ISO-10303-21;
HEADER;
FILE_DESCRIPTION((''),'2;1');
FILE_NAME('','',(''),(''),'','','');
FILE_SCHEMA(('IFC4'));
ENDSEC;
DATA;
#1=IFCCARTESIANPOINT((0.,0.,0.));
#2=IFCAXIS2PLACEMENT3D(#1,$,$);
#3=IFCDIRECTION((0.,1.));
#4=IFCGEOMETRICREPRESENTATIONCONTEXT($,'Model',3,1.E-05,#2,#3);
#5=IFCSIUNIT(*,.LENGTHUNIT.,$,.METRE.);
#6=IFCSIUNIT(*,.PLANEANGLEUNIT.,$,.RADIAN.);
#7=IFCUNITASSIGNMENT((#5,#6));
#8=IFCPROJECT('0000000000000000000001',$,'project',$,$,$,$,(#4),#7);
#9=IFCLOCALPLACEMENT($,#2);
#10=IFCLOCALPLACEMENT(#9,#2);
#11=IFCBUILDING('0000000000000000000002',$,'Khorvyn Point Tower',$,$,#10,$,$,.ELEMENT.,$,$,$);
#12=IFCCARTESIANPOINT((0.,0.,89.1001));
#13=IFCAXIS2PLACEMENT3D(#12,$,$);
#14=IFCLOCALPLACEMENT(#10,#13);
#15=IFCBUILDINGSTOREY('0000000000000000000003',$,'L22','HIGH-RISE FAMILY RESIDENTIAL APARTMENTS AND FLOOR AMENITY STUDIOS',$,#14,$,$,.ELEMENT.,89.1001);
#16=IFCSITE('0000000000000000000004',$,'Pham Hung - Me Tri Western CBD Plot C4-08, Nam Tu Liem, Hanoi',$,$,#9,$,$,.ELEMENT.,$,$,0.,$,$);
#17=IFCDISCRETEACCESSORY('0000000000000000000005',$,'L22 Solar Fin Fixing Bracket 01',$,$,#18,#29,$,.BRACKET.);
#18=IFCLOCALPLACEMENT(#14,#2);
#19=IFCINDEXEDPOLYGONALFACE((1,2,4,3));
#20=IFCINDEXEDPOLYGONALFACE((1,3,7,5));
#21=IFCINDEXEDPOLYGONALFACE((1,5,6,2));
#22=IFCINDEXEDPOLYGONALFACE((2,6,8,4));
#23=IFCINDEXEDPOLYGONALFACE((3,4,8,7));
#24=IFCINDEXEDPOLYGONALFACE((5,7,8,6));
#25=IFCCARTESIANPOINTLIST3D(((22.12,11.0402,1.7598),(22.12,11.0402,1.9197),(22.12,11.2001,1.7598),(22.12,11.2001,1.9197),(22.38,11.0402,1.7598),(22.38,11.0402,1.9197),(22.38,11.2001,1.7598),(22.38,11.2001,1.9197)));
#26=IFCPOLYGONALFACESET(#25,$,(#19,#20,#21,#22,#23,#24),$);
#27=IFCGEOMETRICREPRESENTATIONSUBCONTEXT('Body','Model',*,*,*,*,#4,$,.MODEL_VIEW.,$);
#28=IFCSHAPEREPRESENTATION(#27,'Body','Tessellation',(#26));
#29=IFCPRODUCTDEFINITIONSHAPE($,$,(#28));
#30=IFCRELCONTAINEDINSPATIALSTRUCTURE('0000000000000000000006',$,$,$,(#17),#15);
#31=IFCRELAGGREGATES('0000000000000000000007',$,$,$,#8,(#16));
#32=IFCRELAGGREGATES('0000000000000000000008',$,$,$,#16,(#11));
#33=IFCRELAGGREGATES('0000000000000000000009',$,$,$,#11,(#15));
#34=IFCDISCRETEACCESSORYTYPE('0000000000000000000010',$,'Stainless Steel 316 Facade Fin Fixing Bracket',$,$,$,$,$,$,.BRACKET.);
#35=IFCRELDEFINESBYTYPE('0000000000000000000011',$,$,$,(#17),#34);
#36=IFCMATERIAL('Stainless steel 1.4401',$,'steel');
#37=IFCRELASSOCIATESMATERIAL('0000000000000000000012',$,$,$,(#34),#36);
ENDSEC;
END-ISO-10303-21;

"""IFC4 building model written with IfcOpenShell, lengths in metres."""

from ifc_helpers import new_model, si_unit, direction, frame, origin, origin_2d, place, context, subcontext, project, spatial, rectangle, extrude, material, type_object, element, save


model = new_model("IFC4")

# Units and contexts
model_context = context("Model", 3, precision=1e-05, world=origin(), true_north=direction((0.0, 1.0)))
body_context = subcontext(model_context, "Body", "Model", "MODEL_VIEW")
ifc_project = project(units=[si_unit("LENGTHUNIT", "METRE"), si_unit("PLANEANGLEUNIT", "RADIAN")], contexts=[model_context])

# Site, building, storey
site_placement = place(None, origin())
site = spatial("IfcSite", under=ifc_project, at=site_placement, Name="Pham Hung - Me Tri Western CBD Plot C4-08, Nam Tu Liem, Hanoi", CompositionType="ELEMENT", RefElevation=0.0)
building_placement = place(site_placement, origin())
building = spatial("IfcBuilding", under=site, at=building_placement, Name="Khorvyn Point Tower", CompositionType="ELEMENT")
storey_placement = place(building_placement, frame((0.0, 0.0, 89.1001)))
storey = spatial("IfcBuildingStorey", under=building, at=storey_placement, Name="L22", Description="HIGH-RISE FAMILY RESIDENTIAL APARTMENTS AND FLOOR AMENITY STUDIOS", CompositionType="ELEMENT", Elevation=89.1001)

# Discrete accessory
ifc_material_1 = material(Name="Stainless steel 1.4401", Category="steel")
discrete_accessory_type = type_object("IfcDiscreteAccessoryType", Name="Stainless Steel 316 Facade Fin Fixing Bracket", PredefinedType="BRACKET", material=ifc_material_1)
discrete_accessory_placement = place(storey_placement, frame((22.25, 11.1201, 1.7598), z_axis=(0.0, 0.0, 1.0), x_axis=(0.0, -1.0, 0.0)))
element("IfcDiscreteAccessory", 1, at=discrete_accessory_placement, inside=storey, type_object=discrete_accessory_type, Name="L22 Solar Fin Fixing Bracket 01", PredefinedType="BRACKET", context=body_context, shape_type="SweptSolid", body=[
    extrude(rectangle(XDim=0.1599, YDim=0.26, at=origin_2d()), origin(), (0.0, 0.0, 1.0), 0.1599),
])

save(model, "model.ifc")
